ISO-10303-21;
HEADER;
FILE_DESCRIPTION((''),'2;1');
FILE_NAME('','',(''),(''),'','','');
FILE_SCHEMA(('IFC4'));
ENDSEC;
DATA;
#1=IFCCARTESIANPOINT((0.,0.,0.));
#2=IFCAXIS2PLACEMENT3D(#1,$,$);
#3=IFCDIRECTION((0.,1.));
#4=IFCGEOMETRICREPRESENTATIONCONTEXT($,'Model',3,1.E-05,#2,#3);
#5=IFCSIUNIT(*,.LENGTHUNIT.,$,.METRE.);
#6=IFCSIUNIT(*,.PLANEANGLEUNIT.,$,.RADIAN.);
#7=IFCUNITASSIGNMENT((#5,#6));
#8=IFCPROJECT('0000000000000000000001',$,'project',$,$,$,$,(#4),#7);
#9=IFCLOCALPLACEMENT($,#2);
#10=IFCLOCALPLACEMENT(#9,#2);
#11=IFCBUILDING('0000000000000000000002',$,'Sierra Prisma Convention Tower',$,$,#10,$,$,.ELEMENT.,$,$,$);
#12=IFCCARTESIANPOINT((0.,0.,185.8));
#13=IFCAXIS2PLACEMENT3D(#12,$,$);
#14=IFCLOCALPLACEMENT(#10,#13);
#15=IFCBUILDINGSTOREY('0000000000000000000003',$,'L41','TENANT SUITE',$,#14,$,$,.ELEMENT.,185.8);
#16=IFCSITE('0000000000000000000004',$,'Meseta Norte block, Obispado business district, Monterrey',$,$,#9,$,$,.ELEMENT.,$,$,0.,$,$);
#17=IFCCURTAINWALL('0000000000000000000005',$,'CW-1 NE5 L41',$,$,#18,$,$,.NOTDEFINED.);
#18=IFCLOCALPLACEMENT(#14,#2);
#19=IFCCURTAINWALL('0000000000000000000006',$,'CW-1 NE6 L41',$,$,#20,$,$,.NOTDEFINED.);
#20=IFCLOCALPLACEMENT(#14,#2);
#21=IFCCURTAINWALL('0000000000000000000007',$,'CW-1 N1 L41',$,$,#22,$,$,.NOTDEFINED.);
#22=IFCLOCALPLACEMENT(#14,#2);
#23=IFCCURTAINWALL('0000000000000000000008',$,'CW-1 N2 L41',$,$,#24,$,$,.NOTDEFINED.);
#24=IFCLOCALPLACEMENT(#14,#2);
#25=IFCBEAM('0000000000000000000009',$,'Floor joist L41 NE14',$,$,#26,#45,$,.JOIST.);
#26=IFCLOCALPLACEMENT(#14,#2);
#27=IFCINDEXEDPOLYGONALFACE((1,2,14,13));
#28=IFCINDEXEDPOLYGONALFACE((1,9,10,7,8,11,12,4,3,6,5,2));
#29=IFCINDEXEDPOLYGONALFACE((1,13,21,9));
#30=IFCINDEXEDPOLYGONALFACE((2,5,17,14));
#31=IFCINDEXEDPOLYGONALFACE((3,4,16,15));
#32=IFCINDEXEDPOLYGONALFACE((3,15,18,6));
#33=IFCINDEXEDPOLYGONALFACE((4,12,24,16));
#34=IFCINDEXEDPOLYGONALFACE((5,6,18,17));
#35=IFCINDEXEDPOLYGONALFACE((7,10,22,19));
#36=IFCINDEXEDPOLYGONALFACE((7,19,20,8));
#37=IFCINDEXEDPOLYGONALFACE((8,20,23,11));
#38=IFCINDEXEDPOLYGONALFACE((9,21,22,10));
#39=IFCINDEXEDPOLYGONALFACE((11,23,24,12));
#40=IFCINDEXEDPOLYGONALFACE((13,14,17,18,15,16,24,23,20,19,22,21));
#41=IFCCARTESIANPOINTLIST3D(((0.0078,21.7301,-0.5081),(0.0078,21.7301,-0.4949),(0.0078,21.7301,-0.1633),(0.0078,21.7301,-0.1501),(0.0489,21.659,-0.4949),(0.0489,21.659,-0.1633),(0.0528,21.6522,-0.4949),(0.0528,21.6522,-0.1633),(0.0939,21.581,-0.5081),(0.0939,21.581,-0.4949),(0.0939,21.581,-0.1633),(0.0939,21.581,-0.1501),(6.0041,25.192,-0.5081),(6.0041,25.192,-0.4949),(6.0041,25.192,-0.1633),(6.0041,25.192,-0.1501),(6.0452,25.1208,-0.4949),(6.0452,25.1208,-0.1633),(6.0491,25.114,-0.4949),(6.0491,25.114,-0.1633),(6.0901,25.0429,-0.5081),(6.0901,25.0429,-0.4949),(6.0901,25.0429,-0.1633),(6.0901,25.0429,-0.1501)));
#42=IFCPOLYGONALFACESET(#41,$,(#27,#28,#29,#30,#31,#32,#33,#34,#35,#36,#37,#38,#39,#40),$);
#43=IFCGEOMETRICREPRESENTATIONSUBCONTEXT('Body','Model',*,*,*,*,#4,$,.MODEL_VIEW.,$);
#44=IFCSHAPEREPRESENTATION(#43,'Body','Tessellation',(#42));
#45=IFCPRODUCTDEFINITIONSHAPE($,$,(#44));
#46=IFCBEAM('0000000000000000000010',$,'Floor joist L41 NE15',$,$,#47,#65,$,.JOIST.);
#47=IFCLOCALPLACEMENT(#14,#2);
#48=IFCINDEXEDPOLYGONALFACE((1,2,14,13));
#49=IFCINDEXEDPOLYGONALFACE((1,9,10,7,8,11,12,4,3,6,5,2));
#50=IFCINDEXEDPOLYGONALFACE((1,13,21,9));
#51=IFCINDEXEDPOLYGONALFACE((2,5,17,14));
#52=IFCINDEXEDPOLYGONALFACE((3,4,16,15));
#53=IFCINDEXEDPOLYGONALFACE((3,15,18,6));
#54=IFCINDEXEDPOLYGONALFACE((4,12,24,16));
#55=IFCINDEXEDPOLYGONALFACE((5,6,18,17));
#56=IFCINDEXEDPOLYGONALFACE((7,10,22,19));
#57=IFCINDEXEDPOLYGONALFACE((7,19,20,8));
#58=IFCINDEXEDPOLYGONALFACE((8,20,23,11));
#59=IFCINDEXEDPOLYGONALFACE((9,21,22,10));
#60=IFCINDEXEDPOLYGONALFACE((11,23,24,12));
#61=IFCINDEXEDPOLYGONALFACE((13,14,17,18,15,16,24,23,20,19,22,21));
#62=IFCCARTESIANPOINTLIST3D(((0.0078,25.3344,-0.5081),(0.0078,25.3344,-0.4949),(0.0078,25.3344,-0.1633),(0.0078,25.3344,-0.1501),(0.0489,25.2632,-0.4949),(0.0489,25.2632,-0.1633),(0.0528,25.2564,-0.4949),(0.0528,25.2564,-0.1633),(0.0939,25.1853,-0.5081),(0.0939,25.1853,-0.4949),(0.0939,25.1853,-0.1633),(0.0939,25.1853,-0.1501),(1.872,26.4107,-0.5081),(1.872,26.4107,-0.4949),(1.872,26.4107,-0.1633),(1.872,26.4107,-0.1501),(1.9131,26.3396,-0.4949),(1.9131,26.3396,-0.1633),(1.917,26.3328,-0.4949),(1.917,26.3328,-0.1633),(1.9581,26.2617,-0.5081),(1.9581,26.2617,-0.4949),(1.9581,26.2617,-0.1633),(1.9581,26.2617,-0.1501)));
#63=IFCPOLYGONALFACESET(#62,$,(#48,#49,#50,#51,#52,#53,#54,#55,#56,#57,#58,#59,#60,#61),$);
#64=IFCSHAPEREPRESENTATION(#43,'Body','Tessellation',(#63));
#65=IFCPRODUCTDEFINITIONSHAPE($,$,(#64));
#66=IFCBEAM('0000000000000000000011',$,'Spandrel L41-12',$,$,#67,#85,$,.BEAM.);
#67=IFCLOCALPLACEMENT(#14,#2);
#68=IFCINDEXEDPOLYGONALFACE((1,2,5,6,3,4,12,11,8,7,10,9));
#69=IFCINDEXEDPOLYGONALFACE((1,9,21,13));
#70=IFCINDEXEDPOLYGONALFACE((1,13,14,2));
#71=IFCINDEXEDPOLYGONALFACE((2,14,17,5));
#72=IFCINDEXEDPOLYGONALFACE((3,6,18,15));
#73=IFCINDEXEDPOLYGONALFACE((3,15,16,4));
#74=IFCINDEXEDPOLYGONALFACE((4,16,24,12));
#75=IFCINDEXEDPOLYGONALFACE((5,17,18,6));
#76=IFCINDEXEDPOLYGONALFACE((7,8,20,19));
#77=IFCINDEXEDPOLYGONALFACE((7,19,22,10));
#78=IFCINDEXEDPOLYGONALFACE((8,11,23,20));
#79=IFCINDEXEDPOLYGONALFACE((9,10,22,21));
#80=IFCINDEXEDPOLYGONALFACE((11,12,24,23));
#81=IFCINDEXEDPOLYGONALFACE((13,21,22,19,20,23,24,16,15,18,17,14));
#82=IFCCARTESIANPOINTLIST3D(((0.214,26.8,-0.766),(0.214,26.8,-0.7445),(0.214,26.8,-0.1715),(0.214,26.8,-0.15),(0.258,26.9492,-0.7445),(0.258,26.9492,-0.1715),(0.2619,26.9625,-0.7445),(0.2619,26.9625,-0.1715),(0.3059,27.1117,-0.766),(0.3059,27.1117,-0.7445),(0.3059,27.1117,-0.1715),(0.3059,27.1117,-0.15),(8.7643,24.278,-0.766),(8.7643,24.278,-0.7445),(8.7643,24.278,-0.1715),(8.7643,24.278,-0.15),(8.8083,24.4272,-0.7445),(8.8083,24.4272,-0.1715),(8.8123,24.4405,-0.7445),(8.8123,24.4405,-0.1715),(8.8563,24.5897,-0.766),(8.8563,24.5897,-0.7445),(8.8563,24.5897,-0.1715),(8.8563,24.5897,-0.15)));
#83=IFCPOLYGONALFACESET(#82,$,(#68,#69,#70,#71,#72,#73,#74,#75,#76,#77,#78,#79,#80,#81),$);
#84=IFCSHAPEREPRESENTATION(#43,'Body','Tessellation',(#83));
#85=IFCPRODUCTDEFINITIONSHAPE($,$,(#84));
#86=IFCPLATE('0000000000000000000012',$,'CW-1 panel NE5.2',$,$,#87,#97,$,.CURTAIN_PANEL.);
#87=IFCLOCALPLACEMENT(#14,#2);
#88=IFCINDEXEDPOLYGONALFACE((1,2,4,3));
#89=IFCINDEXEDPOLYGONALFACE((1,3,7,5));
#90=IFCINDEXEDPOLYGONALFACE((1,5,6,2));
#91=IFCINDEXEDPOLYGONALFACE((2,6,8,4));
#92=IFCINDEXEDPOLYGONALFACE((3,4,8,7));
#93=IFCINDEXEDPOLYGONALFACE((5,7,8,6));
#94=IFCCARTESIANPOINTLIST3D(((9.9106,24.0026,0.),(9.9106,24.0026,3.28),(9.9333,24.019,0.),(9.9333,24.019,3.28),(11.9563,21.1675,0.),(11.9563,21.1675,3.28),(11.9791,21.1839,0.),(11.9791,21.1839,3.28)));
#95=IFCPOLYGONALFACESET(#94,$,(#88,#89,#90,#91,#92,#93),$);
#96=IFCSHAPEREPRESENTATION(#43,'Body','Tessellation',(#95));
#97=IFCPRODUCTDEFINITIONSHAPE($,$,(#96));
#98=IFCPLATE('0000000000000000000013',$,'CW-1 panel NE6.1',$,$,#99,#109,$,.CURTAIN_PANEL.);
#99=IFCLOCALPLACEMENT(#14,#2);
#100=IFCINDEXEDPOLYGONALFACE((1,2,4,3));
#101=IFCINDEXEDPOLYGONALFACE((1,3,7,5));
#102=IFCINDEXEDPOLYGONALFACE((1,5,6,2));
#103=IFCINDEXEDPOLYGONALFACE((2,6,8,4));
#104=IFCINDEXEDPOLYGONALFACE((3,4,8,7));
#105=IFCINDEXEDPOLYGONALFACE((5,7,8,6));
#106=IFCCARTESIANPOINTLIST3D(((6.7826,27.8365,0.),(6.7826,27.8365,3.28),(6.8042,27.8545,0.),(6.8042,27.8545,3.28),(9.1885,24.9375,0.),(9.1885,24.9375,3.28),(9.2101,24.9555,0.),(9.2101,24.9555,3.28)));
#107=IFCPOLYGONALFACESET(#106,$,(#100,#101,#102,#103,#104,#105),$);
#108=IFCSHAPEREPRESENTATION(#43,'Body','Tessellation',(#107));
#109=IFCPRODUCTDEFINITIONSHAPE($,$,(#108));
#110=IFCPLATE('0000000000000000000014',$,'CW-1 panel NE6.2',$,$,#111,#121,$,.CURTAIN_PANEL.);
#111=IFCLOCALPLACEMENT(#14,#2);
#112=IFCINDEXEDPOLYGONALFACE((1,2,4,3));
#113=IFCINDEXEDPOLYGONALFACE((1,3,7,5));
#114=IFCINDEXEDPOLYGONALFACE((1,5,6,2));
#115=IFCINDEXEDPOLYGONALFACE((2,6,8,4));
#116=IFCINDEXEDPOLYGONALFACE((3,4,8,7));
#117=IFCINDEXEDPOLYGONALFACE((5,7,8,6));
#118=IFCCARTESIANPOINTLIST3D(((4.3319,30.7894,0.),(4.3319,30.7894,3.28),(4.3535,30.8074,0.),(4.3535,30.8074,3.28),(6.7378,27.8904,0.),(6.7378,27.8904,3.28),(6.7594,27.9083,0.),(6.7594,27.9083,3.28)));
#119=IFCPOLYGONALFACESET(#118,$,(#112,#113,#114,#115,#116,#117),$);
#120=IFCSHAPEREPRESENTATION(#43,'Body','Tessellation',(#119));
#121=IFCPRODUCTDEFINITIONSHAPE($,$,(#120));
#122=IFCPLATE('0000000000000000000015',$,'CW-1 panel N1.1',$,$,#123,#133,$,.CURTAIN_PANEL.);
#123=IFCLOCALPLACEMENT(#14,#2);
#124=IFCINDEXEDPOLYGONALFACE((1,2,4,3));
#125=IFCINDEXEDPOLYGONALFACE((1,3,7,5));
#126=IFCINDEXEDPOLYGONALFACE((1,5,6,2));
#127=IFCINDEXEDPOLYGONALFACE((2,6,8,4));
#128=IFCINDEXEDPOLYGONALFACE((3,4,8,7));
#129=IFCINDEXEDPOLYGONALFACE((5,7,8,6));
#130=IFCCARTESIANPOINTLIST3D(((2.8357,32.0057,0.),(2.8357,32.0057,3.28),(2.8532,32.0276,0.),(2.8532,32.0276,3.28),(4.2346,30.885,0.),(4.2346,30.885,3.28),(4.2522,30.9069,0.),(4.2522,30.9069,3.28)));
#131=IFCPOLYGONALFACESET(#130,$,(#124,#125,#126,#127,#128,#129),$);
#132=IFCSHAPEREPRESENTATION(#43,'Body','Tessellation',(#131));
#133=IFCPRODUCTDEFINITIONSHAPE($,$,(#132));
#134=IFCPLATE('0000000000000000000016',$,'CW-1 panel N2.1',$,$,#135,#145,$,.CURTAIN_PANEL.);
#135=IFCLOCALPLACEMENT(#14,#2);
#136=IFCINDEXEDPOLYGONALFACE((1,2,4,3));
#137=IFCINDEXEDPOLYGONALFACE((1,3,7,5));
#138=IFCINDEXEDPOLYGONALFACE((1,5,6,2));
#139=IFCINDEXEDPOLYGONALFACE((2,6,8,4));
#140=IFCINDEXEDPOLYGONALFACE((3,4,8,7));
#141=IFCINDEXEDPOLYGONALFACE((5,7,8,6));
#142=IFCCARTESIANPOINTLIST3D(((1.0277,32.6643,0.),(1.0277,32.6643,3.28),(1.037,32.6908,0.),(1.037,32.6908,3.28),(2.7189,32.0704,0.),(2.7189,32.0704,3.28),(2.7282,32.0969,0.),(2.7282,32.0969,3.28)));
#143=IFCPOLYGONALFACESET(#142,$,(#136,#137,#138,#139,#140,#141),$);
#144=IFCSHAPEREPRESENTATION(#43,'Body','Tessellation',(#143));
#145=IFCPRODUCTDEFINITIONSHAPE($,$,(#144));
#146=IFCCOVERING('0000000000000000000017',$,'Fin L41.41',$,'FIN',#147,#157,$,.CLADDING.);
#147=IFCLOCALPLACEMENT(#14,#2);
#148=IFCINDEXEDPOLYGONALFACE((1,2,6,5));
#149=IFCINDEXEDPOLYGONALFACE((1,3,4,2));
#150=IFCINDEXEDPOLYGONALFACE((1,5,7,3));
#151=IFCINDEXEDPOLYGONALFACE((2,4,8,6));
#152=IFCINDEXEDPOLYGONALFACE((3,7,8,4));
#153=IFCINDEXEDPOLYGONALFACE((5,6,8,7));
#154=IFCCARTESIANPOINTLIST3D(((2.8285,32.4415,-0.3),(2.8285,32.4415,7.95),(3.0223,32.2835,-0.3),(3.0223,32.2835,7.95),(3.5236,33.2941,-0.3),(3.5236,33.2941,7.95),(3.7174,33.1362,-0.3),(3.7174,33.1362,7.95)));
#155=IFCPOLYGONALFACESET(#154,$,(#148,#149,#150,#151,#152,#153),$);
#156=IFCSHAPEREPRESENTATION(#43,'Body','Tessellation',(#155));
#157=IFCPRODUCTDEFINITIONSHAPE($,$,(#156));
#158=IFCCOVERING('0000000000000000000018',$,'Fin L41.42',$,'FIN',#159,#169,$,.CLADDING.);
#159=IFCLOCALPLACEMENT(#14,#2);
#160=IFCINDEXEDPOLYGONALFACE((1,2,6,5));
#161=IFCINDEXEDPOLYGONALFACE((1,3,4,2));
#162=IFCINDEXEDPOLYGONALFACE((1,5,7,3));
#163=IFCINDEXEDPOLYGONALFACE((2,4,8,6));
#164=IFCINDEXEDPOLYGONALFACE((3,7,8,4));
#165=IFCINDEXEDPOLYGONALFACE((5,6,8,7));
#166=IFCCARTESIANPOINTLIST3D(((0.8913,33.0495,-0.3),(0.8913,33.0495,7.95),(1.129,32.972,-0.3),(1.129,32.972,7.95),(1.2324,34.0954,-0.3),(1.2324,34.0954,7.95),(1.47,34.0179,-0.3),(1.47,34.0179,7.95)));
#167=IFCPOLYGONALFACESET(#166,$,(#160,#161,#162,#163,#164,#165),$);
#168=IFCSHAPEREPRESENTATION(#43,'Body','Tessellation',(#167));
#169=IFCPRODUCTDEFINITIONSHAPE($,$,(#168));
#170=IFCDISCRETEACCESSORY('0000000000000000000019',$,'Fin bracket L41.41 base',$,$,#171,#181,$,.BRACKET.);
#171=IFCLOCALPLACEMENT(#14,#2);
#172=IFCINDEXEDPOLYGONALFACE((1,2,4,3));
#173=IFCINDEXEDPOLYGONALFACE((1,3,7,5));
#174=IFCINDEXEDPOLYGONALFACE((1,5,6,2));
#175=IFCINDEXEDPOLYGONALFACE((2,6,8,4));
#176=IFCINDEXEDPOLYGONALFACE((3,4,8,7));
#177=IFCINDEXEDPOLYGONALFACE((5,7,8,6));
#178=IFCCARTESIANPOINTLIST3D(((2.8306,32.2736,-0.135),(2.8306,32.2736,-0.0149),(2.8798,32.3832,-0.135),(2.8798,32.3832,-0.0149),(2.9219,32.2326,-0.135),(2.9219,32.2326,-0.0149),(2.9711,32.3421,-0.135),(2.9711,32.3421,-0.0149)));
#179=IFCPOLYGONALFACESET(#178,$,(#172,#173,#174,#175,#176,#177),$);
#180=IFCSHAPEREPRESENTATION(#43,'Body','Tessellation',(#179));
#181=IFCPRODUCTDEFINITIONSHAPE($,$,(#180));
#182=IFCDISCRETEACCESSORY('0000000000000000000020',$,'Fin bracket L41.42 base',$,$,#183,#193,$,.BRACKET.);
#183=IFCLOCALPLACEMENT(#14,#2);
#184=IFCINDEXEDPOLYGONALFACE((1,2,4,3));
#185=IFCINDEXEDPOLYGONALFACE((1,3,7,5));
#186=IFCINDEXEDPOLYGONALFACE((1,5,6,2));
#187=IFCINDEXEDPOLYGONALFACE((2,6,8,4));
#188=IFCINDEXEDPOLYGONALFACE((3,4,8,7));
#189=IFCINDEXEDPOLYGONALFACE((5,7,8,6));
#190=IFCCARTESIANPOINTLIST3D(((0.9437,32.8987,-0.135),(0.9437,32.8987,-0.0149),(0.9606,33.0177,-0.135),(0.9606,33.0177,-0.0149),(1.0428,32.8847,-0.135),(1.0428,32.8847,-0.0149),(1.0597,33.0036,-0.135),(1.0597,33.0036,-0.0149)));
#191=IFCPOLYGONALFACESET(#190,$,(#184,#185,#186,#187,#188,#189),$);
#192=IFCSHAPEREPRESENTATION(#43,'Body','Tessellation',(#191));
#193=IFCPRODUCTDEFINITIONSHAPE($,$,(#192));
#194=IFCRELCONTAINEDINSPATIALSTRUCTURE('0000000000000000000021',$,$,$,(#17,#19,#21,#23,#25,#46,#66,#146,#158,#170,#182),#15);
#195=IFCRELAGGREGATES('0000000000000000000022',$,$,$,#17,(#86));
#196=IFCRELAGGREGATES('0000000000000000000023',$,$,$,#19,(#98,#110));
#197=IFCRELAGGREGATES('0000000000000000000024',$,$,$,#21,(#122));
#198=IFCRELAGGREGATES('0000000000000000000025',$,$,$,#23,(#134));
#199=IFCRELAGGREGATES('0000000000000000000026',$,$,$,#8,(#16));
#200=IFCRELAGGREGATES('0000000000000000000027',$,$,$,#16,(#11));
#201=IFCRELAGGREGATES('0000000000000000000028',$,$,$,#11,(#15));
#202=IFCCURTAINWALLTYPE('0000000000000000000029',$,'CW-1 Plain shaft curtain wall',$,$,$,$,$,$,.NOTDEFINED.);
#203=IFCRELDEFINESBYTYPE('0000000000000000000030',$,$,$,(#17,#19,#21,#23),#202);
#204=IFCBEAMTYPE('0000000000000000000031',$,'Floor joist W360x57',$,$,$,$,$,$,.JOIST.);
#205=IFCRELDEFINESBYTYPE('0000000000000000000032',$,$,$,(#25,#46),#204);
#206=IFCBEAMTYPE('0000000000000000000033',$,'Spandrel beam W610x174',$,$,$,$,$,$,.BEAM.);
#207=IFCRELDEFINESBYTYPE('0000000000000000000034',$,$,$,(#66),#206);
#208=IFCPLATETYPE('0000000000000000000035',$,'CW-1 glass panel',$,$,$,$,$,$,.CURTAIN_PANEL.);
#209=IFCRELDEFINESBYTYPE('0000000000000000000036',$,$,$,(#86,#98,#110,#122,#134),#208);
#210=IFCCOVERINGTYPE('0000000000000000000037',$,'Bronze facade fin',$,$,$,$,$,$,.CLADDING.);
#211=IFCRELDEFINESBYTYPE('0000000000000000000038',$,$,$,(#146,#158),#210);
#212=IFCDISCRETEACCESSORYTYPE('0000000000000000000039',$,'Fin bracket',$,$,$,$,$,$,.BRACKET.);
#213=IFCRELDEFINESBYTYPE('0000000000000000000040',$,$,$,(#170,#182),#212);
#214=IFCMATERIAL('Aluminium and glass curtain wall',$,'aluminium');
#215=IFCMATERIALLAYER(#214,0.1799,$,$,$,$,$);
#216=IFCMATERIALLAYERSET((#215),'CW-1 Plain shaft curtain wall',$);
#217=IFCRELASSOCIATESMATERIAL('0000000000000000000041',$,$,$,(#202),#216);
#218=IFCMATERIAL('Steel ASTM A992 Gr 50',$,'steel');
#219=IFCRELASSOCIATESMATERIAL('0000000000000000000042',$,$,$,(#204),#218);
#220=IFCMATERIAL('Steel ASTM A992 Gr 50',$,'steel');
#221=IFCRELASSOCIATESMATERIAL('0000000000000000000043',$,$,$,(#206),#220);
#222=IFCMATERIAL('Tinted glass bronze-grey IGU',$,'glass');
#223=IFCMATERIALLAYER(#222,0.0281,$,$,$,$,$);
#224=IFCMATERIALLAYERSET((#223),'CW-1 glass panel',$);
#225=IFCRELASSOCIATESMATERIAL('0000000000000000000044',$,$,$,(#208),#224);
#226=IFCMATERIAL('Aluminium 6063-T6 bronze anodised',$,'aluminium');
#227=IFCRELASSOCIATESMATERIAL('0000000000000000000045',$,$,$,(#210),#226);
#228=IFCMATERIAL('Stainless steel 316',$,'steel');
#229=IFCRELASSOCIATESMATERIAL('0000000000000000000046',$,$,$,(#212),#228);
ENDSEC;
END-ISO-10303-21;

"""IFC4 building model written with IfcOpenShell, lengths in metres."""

from ifc_helpers import new_model, si_unit, direction, frame, origin, origin_2d, place, context, subcontext, project, spatial, rectangle, i_section, extrude, material, layer, layer_set, material_profile, profile_set, type_object, element, aggregate, save


model = new_model("IFC4")

# Units and contexts
model_context = context("Model", 3, precision=1e-05, world=origin(), true_north=direction((0.0, 1.0)))
body_context = subcontext(model_context, "Body", "Model", "MODEL_VIEW")
ifc_project = project(units=[si_unit("LENGTHUNIT", "METRE"), si_unit("PLANEANGLEUNIT", "RADIAN")], contexts=[model_context])

# Site, building, storey
site_placement = place(None, origin())
site = spatial("IfcSite", under=ifc_project, at=site_placement, Name="Meseta Norte block, Obispado business district, Monterrey", CompositionType="ELEMENT", RefElevation=0.0)
building_placement = place(site_placement, origin())
building = spatial("IfcBuilding", under=site, at=building_placement, Name="Sierra Prisma Convention Tower", CompositionType="ELEMENT")
storey_placement = place(building_placement, frame((0.0, 0.0, 185.8)))
storey = spatial("IfcBuildingStorey", under=building, at=storey_placement, Name="L41", Description="TENANT SUITE", CompositionType="ELEMENT", Elevation=185.8)

# Curtain wall
ifc_material_1 = material(Name="Aluminium and glass curtain wall", Category="aluminium")
ifc_layer_1 = layer(ifc_material_1, 0.1799)
ifc_layer_set_1 = layer_set([ifc_layer_1], Name="CW-1 Plain shaft curtain wall")
curtain_wall_type = type_object("IfcCurtainWallType", Name="CW-1 Plain shaft curtain wall", PredefinedType="NOTDEFINED", material=ifc_layer_set_1)
curtain_wall_1_placement = place(storey_placement, origin())
curtain_wall_1 = element("IfcCurtainWall", 1, at=curtain_wall_1_placement, inside=storey, type_object=curtain_wall_type, Name="CW-1 NE5 L41", PredefinedType="NOTDEFINED")

# Curtain walls
curtain_wall_2_placement = place(storey_placement, origin())
curtain_wall_2 = element("IfcCurtainWall", 2, at=curtain_wall_2_placement, inside=storey, type_object=curtain_wall_type, Name="CW-1 NE6 L41", PredefinedType="NOTDEFINED")
curtain_wall_3_placement = place(storey_placement, origin())
curtain_wall_3 = element("IfcCurtainWall", 3, at=curtain_wall_3_placement, inside=storey, type_object=curtain_wall_type, Name="CW-1 N1 L41", PredefinedType="NOTDEFINED")
curtain_wall_4_placement = place(storey_placement, origin())
curtain_wall_4 = element("IfcCurtainWall", 4, at=curtain_wall_4_placement, inside=storey, type_object=curtain_wall_type, Name="CW-1 N2 L41", PredefinedType="NOTDEFINED")

# Beams
ifc_material_2 = material(Name="Steel ASTM A992 Gr 50", Category="steel")
ifc_material_profile_1 = material_profile(ifc_material_2, i_section(OverallWidth=0.1721, OverallDepth=0.3579, WebThickness=0.0078, FlangeThickness=0.0132, at=origin_2d()), Name="W360x57")
ifc_profile_set_1 = profile_set([ifc_material_profile_1], Name="Steel ASTM A992 Gr 50")
beam_type_1 = type_object("IfcBeamType", Name="Floor joist W360x57", PredefinedType="JOIST", material=ifc_profile_set_1)
beam_1_placement = place(storey_placement, frame((6.0471, 25.1174, -0.3291), z_axis=(-0.86603, -0.499992, 0.0), x_axis=(0.499992, -0.86603, 0.0)))
element("IfcBeam", 5, at=beam_1_placement, inside=storey, type_object=beam_type_1, Name="Floor joist L41 NE14", PredefinedType="JOIST", context=body_context, shape_type="SweptSolid", body=[
    extrude(i_section(OverallWidth=0.1721, OverallDepth=0.3579, WebThickness=0.0078, FlangeThickness=0.0132, at=origin_2d()), origin(), (0.0, 0.0, 1.0), 6.9238),
])
beam_2_placement = place(storey_placement, frame((1.915, 26.3362, -0.3291), z_axis=(-0.866008, -0.50003, 0.0), x_axis=(0.50003, -0.866008, 0.0)))
element("IfcBeam", 6, at=beam_2_placement, inside=storey, type_object=beam_type_1, Name="Floor joist L41 NE15", PredefinedType="JOIST", context=body_context, shape_type="SweptSolid", body=[
    extrude(i_section(OverallWidth=0.1721, OverallDepth=0.3579, WebThickness=0.0078, FlangeThickness=0.0132, at=origin_2d()), origin(), (0.0, 0.0, 1.0), 2.1526),
])
ifc_material_3 = material(Name="Steel ASTM A992 Gr 50", Category="steel")
ifc_material_profile_2 = material_profile(ifc_material_3, i_section(OverallWidth=0.325, OverallDepth=0.616, WebThickness=0.0139, FlangeThickness=0.0215, at=origin_2d()), Name="W610x174")
ifc_profile_set_2 = profile_set([ifc_material_profile_2], Name="Steel ASTM A992 Gr 50")
beam_type_2 = type_object("IfcBeamType", Name="Spandrel beam W610x174", PredefinedType="BEAM", material=ifc_profile_set_2)
beam_3_placement = place(storey_placement, frame((8.8103, 24.4338, -0.458), z_axis=(-0.959147, 0.282908, 0.0), x_axis=(-0.282908, -0.959147, 0.0)))
element("IfcBeam", 7, at=beam_3_placement, inside=storey, type_object=beam_type_2, Name="Spandrel L41-12", PredefinedType="BEAM", context=body_context, shape_type="SweptSolid", body=[
    extrude(i_section(OverallWidth=0.325, OverallDepth=0.616, WebThickness=0.0139, FlangeThickness=0.0215, at=origin_2d()), origin(), (0.0, 0.0, 1.0), 8.9146),
])

# Plates
ifc_material_4 = material(Name="Tinted glass bronze-grey IGU", Category="glass")
ifc_layer_2 = layer(ifc_material_4, 0.0281)
ifc_layer_set_2 = layer_set([ifc_layer_2], Name="CW-1 glass panel")
plate_type = type_object("IfcPlateType", Name="CW-1 glass panel", PredefinedType="CURTAIN_PANEL", material=ifc_layer_set_2)
plate_1_placement = place(storey_placement, frame((10.9448, 22.5933, 0.0), z_axis=(0.0, 0.0, 1.0), x_axis=(-0.585154, 0.810923, 0.0)))
plate_1 = element("IfcPlate", 8, at=plate_1_placement, type_object=plate_type, Name="CW-1 panel NE5.2", PredefinedType="CURTAIN_PANEL", context=body_context, shape_type="SweptSolid", body=[
    extrude(rectangle(XDim=3.4961, YDim=0.0281, at=origin_2d()), origin(), (0.0, 0.0, 1.0), 3.28),
])
aggregate(curtain_wall_1, [plate_1])
plate_2_placement = place(storey_placement, frame((7.9963, 26.396, 0.0), z_axis=(0.0, 0.0, 1.0), x_axis=(-0.63863, 0.769514, 0.0)))
plate_2 = element("IfcPlate", 9, at=plate_2_placement, type_object=plate_type, Name="CW-1 panel NE6.1", PredefinedType="CURTAIN_PANEL", context=body_context, shape_type="SweptSolid", body=[
    extrude(rectangle(XDim=3.7673, YDim=0.0281, at=origin_2d()), origin(), (0.0, 0.0, 1.0), 3.28),
])
plate_3_placement = place(storey_placement, frame((5.5457, 29.3489, 0.0), z_axis=(0.0, 0.0, 1.0), x_axis=(-0.63863, 0.769514, 0.0)))
plate_3 = element("IfcPlate", 10, at=plate_3_placement, type_object=plate_type, Name="CW-1 panel NE6.2", PredefinedType="CURTAIN_PANEL", context=body_context, shape_type="SweptSolid", body=[
    extrude(rectangle(XDim=3.7673, YDim=0.0281, at=origin_2d()), origin(), (0.0, 0.0, 1.0), 3.28),
])
aggregate(curtain_wall_2, [plate_2, plate_3])
plate_4_placement = place(storey_placement, frame((3.5439, 31.4563, 0.0), z_axis=(0.0, 0.0, 1.0), x_axis=(-0.780454, 0.625214, 0.0)))
plate_4 = element("IfcPlate", 11, at=plate_4_placement, type_object=plate_type, Name="CW-1 panel N1.1", PredefinedType="CURTAIN_PANEL", context=body_context, shape_type="SweptSolid", body=[
    extrude(rectangle(XDim=1.7925, YDim=0.0281, at=origin_2d()), origin(), (0.0, 0.0, 1.0), 3.28),
])
aggregate(curtain_wall_3, [plate_4])
plate_5_placement = place(storey_placement, frame((1.8779, 32.3806, 0.0), z_axis=(0.0, 0.0, 1.0), x_axis=(-0.943518, 0.33132, 0.0)))
plate_5 = element("IfcPlate", 12, at=plate_5_placement, type_object=plate_type, Name="CW-1 panel N2.1", PredefinedType="CURTAIN_PANEL", context=body_context, shape_type="SweptSolid", body=[
    extrude(rectangle(XDim=1.7925, YDim=0.0281, at=origin_2d()), origin(), (0.0, 0.0, 1.0), 3.28),
])
aggregate(curtain_wall_4, [plate_5])

# Coverings
ifc_material_5 = material(Name="Aluminium 6063-T6 bronze anodised", Category="aluminium")
ifc_material_profile_3 = material_profile(ifc_material_5, rectangle(XDim=1.1001, YDim=0.25, at=origin_2d()), Name="ALU FIN 1100x250")
ifc_profile_set_3 = profile_set([ifc_material_profile_3], Name="Aluminium 6063-T6 bronze anodised")
covering_type = type_object("IfcCoveringType", Name="Bronze facade fin", PredefinedType="CLADDING", material=ifc_profile_set_3)
for number, where, z_axis, x_axis, name in (
    (13, (3.2729, 32.7888, -0.3), (0.0, 0.0, 1.0), (0.631842, 0.775097, 0.0), "Fin L41.41"),
    (14, (1.1807, 33.5337, -0.3), (0.0, 0.0, 1.0), (0.310047, 0.950721, 0.0), "Fin L41.42"),
):
    element("IfcCovering", number, at=place(storey_placement, frame(where, z_axis=z_axis, x_axis=x_axis)), inside=storey, type_object=covering_type, Name=name, ObjectType="FIN", PredefinedType="CLADDING", context=body_context, shape_type="SweptSolid", body=[
        extrude(rectangle(XDim=1.1001, YDim=0.25, at=origin_2d()), origin(), (0.0, 0.0, 1.0), 8.25),
    ])

# Discrete accessories
ifc_material_6 = material(Name="Stainless steel 316", Category="steel")
discrete_accessory_type = type_object("IfcDiscreteAccessoryType", Name="Fin bracket", PredefinedType="BRACKET", material=ifc_material_6)
for number, where, z_axis, x_axis, name in (
    (15, (2.9009, 32.3079, -0.135), (0.0, 0.0, 1.0), (0.409703, 0.912219, 0.0), "Fin bracket L41.41 base"),
    (16, (1.0017, 32.9512, -0.135), (0.0, 0.0, 1.0), (0.140246, 0.990117, 0.0), "Fin bracket L41.42 base"),
):
    element("IfcDiscreteAccessory", number, at=place(storey_placement, frame(where, z_axis=z_axis, x_axis=x_axis)), inside=storey, type_object=discrete_accessory_type, Name=name, PredefinedType="BRACKET", context=body_context, shape_type="SweptSolid", body=[
        extrude(rectangle(XDim=0.1201, YDim=0.1001, at=origin_2d()), origin(), (0.0, 0.0, 1.0), 0.1201),
    ])

save(model, "model.ifc")
